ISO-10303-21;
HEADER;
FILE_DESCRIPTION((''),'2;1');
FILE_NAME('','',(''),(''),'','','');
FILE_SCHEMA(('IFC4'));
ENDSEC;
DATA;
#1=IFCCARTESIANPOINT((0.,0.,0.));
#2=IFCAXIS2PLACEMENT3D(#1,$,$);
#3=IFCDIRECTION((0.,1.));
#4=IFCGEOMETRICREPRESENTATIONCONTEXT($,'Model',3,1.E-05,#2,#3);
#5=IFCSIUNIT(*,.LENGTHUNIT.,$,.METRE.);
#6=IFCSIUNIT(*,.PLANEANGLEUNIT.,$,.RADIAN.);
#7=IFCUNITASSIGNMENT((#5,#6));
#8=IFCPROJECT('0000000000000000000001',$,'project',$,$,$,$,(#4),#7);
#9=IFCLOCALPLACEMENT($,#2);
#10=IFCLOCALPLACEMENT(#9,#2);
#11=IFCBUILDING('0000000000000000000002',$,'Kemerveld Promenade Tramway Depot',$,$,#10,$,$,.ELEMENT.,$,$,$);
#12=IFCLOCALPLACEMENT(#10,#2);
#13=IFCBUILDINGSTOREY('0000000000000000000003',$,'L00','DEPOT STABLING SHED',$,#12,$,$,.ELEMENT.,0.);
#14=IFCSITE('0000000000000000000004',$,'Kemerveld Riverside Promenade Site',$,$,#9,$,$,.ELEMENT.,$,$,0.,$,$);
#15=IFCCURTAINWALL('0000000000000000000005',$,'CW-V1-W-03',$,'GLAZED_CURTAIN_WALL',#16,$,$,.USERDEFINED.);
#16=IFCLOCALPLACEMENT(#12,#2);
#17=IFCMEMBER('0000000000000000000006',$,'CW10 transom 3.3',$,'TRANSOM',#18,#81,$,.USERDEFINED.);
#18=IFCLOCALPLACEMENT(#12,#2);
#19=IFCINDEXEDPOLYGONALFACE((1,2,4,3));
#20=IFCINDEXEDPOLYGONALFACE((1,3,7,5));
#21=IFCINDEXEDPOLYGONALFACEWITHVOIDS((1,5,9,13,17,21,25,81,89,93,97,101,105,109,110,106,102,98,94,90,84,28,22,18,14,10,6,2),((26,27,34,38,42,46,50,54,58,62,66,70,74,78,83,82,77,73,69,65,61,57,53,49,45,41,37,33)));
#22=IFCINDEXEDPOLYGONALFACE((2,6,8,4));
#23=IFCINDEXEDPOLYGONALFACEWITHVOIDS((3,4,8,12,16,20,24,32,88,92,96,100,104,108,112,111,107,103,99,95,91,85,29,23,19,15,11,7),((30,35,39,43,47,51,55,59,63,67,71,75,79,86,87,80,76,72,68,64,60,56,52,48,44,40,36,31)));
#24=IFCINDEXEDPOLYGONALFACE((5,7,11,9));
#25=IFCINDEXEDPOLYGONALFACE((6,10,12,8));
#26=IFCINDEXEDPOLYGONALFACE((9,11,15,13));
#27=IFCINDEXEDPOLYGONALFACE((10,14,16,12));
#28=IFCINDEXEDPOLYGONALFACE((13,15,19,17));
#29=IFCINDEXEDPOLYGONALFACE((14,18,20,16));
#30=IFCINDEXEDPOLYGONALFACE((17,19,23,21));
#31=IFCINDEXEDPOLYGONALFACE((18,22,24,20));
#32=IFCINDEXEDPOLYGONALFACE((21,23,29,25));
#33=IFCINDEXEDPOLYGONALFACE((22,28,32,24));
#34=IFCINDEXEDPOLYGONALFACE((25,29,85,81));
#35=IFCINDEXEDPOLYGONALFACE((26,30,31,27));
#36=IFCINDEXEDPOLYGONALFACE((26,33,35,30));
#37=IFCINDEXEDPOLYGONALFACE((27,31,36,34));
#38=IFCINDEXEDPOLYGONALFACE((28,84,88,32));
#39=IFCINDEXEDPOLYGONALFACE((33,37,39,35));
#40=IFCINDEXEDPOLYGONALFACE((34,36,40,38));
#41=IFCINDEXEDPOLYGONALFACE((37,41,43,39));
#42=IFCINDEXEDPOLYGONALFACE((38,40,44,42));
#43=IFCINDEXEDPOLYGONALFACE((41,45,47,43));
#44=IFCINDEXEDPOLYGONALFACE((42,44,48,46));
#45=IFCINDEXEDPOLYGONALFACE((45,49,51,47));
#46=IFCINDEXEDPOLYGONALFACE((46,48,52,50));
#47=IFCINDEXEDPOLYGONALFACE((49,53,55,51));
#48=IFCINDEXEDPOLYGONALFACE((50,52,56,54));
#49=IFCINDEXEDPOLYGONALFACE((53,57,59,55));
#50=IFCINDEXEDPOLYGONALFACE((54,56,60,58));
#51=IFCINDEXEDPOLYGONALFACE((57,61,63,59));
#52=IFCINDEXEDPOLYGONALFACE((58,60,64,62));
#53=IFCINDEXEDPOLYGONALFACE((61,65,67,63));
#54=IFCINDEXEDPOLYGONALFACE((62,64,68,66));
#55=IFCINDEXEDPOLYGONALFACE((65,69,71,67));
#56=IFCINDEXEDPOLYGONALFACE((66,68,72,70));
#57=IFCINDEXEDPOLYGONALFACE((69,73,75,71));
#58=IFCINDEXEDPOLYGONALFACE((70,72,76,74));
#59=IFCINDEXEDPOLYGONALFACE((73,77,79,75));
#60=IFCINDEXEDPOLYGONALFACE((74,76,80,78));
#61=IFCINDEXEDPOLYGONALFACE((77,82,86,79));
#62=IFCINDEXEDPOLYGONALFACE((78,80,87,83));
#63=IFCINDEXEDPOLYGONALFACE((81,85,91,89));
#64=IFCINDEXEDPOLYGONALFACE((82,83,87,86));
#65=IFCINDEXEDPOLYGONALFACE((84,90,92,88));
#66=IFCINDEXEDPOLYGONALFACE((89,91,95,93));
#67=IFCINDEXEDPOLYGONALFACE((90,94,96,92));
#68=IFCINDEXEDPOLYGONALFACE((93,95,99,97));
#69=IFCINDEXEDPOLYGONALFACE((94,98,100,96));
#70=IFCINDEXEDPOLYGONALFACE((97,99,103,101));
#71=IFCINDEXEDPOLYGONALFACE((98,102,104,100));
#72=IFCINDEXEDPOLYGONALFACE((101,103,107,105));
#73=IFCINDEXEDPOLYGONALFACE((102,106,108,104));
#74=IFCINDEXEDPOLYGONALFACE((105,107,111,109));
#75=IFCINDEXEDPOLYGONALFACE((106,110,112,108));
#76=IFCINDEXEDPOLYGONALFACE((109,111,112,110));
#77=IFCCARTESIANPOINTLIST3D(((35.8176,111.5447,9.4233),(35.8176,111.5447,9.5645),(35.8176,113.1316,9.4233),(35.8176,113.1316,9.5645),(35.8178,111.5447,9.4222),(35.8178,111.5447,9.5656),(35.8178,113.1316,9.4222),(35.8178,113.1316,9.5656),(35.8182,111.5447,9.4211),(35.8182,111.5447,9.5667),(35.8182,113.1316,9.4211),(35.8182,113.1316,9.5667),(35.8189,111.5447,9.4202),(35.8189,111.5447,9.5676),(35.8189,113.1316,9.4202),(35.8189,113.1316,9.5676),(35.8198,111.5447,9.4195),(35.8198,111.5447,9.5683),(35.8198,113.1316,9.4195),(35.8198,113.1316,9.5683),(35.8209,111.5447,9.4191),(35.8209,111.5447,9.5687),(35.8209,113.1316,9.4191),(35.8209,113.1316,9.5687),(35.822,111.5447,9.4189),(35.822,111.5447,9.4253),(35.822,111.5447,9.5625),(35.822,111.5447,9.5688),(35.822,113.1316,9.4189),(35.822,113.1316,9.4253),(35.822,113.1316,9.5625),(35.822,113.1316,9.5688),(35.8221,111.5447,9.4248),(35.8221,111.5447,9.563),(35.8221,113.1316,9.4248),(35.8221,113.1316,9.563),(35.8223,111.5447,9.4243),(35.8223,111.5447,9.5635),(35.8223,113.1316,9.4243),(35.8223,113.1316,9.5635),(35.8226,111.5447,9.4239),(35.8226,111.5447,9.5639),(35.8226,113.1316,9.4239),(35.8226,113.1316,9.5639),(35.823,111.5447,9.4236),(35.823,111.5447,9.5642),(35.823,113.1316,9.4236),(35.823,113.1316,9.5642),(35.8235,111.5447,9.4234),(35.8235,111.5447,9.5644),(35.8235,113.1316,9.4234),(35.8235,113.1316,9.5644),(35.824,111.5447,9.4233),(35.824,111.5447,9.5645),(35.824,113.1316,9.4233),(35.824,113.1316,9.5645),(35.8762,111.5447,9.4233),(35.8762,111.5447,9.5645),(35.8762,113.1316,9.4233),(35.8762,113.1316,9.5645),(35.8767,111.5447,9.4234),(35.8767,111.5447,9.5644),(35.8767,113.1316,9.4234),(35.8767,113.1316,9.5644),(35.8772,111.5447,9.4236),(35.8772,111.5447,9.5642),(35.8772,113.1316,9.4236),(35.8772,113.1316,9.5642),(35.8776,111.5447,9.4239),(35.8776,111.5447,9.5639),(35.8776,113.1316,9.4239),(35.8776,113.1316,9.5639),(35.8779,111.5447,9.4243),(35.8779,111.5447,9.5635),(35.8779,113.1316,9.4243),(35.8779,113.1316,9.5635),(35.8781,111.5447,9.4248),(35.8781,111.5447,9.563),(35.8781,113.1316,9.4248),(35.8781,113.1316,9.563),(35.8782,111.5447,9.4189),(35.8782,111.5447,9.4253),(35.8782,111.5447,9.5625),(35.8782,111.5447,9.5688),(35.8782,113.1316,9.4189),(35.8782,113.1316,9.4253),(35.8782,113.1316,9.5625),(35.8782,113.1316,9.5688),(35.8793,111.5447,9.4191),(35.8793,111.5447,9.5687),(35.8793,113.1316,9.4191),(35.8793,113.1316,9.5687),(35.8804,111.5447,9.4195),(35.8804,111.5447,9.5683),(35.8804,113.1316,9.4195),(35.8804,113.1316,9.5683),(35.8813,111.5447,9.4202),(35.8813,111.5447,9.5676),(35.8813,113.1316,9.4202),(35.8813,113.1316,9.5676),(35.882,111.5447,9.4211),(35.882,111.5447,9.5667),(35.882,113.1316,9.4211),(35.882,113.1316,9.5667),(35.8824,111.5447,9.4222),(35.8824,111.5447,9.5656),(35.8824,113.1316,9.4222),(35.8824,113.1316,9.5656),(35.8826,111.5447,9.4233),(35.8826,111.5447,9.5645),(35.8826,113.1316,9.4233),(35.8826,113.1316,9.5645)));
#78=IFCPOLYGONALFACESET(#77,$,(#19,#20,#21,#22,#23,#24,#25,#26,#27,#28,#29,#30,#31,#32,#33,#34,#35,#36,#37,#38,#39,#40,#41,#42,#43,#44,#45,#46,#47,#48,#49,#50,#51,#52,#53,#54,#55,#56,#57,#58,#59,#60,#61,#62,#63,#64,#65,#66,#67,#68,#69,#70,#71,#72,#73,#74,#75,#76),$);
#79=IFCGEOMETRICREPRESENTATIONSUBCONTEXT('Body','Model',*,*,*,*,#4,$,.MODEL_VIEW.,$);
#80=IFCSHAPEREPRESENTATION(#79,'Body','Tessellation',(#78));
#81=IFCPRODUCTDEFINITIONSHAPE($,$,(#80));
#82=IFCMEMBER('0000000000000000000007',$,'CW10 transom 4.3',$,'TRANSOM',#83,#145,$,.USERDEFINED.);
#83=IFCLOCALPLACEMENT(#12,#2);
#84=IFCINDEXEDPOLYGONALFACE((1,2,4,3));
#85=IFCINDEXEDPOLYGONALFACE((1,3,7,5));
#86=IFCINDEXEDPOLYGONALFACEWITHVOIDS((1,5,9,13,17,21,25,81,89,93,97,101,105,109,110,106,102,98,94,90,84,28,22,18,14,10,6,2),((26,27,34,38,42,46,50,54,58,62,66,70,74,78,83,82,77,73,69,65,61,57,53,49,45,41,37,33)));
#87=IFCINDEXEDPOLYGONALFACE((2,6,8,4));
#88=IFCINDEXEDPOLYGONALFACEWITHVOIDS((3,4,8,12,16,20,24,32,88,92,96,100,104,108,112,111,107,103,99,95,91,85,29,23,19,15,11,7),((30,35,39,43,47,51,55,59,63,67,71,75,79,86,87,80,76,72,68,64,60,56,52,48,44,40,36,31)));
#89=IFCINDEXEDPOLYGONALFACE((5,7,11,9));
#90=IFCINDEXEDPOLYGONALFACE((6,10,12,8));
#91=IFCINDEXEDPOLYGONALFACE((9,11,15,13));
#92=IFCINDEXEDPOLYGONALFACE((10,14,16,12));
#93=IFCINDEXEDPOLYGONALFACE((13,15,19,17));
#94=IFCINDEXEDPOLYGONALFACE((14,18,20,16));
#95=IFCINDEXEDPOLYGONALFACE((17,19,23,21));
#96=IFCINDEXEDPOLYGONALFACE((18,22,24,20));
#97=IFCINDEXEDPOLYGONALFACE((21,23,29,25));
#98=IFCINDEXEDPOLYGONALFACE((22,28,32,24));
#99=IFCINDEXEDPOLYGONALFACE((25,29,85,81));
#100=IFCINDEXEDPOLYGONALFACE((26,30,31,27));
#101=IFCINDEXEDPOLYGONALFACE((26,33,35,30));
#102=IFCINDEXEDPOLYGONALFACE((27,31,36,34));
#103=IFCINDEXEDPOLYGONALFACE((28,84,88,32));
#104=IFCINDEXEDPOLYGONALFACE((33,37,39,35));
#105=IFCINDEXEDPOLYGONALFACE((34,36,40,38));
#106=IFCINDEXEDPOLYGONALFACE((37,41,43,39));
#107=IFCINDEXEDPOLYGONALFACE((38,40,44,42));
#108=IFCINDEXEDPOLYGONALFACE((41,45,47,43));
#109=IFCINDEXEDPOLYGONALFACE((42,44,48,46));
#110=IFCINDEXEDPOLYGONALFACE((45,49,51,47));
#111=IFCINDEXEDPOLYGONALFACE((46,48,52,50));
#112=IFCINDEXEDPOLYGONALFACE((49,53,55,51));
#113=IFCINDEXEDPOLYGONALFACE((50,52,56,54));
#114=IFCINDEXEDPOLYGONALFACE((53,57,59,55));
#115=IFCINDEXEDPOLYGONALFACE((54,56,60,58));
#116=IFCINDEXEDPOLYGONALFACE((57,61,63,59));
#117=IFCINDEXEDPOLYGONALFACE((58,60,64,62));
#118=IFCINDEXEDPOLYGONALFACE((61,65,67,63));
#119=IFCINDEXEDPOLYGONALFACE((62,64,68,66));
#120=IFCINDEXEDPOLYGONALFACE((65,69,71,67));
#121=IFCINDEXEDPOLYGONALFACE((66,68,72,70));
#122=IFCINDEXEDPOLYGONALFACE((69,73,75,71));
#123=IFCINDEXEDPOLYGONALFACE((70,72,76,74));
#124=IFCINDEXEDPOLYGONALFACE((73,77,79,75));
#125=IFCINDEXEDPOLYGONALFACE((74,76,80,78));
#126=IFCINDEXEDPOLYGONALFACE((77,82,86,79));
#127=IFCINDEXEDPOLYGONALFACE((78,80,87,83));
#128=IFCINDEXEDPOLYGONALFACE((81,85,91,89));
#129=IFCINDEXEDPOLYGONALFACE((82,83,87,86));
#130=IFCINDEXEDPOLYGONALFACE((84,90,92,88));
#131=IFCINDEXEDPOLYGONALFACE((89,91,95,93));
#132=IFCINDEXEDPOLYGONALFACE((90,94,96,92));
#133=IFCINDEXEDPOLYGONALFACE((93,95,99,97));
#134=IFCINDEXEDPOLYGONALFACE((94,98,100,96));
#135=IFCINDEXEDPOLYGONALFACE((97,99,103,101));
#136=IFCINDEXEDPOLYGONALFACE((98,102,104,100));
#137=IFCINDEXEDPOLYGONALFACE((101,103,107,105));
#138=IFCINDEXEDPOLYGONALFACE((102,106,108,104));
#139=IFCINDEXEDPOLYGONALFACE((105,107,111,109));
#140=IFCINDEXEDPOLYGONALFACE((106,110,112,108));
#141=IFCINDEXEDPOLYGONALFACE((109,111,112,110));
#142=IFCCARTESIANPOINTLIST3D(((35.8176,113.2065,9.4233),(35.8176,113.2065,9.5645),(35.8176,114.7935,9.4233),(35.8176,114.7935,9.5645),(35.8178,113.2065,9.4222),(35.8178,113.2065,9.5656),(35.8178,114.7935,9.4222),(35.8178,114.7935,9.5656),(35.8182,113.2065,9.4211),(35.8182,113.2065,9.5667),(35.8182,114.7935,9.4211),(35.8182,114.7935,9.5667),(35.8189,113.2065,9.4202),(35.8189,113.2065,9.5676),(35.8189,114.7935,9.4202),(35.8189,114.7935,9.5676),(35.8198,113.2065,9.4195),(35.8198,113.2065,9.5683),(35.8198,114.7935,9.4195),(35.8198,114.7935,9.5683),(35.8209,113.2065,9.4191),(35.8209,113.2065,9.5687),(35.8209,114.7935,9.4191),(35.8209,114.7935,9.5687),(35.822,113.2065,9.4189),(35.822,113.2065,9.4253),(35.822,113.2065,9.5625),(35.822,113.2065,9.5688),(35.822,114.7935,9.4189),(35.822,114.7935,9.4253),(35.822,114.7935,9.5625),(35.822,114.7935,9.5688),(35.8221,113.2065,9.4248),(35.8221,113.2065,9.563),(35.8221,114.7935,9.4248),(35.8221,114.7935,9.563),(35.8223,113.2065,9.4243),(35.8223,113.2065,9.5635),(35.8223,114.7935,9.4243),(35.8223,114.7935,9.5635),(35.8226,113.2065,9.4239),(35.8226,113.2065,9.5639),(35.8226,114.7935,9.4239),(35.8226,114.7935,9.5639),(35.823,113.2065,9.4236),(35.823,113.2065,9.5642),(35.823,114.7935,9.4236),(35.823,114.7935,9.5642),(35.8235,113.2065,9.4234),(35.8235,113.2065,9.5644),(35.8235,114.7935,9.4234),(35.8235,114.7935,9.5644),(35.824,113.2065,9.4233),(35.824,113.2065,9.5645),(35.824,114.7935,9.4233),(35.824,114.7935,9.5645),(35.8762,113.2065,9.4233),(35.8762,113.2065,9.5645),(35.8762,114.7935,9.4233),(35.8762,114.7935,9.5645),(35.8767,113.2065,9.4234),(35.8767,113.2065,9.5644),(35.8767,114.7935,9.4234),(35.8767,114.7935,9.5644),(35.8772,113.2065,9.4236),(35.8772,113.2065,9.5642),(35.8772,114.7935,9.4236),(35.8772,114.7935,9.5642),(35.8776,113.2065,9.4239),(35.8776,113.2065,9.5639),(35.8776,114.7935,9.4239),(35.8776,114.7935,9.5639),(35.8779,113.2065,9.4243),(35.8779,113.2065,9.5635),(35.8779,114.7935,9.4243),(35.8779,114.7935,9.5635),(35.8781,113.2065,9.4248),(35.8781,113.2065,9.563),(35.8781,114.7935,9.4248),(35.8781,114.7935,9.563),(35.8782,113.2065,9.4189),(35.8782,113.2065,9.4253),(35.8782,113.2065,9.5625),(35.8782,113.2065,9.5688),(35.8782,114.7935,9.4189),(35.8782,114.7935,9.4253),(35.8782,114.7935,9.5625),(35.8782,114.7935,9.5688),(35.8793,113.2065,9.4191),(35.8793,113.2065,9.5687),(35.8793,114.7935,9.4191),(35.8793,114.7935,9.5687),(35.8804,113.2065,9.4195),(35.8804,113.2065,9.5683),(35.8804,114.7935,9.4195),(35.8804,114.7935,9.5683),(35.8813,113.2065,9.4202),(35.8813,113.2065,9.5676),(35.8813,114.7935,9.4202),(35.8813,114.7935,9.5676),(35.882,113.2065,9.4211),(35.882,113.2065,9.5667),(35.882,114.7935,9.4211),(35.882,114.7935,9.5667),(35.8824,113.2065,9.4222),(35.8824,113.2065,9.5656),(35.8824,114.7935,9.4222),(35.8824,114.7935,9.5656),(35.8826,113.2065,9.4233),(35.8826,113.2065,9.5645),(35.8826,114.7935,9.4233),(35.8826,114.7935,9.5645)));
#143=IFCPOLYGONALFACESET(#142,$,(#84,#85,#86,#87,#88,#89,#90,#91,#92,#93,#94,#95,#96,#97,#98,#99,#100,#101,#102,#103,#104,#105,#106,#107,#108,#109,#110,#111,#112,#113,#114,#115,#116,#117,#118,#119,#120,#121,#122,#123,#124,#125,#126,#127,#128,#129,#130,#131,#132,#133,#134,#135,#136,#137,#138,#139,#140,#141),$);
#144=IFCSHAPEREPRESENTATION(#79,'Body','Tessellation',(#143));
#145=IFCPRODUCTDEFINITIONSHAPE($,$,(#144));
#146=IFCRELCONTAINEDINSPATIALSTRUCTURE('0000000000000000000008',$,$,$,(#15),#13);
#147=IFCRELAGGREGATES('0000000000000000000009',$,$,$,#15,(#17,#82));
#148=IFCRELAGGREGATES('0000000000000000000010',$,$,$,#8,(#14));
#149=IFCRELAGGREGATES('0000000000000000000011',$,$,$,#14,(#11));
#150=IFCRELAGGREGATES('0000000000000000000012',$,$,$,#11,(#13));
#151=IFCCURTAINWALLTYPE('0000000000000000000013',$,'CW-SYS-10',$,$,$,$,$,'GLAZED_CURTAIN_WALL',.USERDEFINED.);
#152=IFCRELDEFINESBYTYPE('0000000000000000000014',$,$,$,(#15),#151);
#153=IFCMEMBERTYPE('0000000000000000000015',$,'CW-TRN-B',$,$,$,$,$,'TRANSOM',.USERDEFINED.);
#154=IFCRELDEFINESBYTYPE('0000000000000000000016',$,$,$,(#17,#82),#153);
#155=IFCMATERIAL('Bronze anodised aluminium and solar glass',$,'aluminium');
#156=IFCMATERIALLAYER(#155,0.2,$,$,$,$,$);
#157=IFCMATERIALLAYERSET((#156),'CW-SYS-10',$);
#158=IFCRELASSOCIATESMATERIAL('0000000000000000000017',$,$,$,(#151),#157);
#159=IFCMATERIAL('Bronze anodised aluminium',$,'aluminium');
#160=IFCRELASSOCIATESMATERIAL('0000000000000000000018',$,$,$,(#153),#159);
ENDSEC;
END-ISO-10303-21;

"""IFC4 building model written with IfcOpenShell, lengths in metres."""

from ifc_helpers import new_model, si_unit, direction, frame, origin, origin_2d, place, context, subcontext, project, spatial, hollow_rectangle, extrude, material, layer, layer_set, material_profile, profile_set, type_object, element, aggregate, save


model = new_model("IFC4")

# Units and contexts
model_context = context("Model", 3, precision=1e-05, world=origin(), true_north=direction((0.0, 1.0)))
body_context = subcontext(model_context, "Body", "Model", "MODEL_VIEW")
ifc_project = project(units=[si_unit("LENGTHUNIT", "METRE"), si_unit("PLANEANGLEUNIT", "RADIAN")], contexts=[model_context])

# Site, building, storey
site_placement = place(None, origin())
site = spatial("IfcSite", under=ifc_project, at=site_placement, Name="Kemerveld Riverside Promenade Site", CompositionType="ELEMENT", RefElevation=0.0)
building_placement = place(site_placement, origin())
building = spatial("IfcBuilding", under=site, at=building_placement, Name="Kemerveld Promenade Tramway Depot", CompositionType="ELEMENT")
storey_placement = place(building_placement, origin())
storey = spatial("IfcBuildingStorey", under=building, at=storey_placement, Name="L00", Description="DEPOT STABLING SHED", CompositionType="ELEMENT", Elevation=0.0)

# Shared definitions
ifc_material_1 = material(Name="Bronze anodised aluminium and solar glass", Category="aluminium")
ifc_material_2 = material(Name="Bronze anodised aluminium", Category="aluminium")

# Curtain wall, members
ifc_layer_1 = layer(ifc_material_1, 0.2)
ifc_layer_set_1 = layer_set([ifc_layer_1], Name="CW-SYS-10")
curtain_wall_type_1 = type_object("IfcCurtainWallType", Name="CW-SYS-10", ElementType="GLAZED_CURTAIN_WALL", PredefinedType="USERDEFINED", material=ifc_layer_set_1)
curtain_wall_1_placement = place(storey_placement, origin())
curtain_wall_1 = element("IfcCurtainWall", 1, at=curtain_wall_1_placement, inside=storey, type_object=curtain_wall_type_1, Name="CW-V1-W-03", ObjectType="GLAZED_CURTAIN_WALL", PredefinedType="USERDEFINED")
ifc_material_profile_1 = material_profile(ifc_material_2, hollow_rectangle(XDim=0.0649, YDim=0.1499, WallThickness=0.0044, InnerFilletRadius=0.002, OuterFilletRadius=0.0044, at=origin_2d()), Name="CW-TRN-150x65")
ifc_profile_set_1 = profile_set([ifc_material_profile_1], Name="Bronze anodised aluminium")
member_type_1 = type_object("IfcMemberType", Name="CW-TRN-B", ElementType="TRANSOM", PredefinedType="USERDEFINED", material=ifc_profile_set_1)
member_1_placement = place(storey_placement, frame((35.8501, 111.5447, 9.4939), z_axis=(0.0, 1.0, 0.0), x_axis=(-1.0, 0.0, 0.0)))
member_1 = element("IfcMember", 2, at=member_1_placement, type_object=member_type_1, Name="CW10 transom 3.3", ObjectType="TRANSOM", PredefinedType="USERDEFINED", context=body_context, shape_type="SweptSolid", body=[
    extrude(hollow_rectangle(XDim=0.0649, YDim=0.1499, WallThickness=0.0044, InnerFilletRadius=0.002, OuterFilletRadius=0.0044, at=origin_2d()), origin(), (0.0, 0.0, 1.0), 1.5869),
])
member_2_placement = place(storey_placement, frame((35.8501, 113.2065, 9.4939), z_axis=(0.0, 1.0, 0.0), x_axis=(-1.0, 0.0, 0.0)))
member_2 = element("IfcMember", 3, at=member_2_placement, type_object=member_type_1, Name="CW10 transom 4.3", ObjectType="TRANSOM", PredefinedType="USERDEFINED", context=body_context, shape_type="SweptSolid", body=[
    extrude(hollow_rectangle(XDim=0.0649, YDim=0.1499, WallThickness=0.0044, InnerFilletRadius=0.002, OuterFilletRadius=0.0044, at=origin_2d()), origin(), (0.0, 0.0, 1.0), 1.5869),
])
aggregate(curtain_wall_1, [member_1, member_2])

save(model, "model.ifc")
